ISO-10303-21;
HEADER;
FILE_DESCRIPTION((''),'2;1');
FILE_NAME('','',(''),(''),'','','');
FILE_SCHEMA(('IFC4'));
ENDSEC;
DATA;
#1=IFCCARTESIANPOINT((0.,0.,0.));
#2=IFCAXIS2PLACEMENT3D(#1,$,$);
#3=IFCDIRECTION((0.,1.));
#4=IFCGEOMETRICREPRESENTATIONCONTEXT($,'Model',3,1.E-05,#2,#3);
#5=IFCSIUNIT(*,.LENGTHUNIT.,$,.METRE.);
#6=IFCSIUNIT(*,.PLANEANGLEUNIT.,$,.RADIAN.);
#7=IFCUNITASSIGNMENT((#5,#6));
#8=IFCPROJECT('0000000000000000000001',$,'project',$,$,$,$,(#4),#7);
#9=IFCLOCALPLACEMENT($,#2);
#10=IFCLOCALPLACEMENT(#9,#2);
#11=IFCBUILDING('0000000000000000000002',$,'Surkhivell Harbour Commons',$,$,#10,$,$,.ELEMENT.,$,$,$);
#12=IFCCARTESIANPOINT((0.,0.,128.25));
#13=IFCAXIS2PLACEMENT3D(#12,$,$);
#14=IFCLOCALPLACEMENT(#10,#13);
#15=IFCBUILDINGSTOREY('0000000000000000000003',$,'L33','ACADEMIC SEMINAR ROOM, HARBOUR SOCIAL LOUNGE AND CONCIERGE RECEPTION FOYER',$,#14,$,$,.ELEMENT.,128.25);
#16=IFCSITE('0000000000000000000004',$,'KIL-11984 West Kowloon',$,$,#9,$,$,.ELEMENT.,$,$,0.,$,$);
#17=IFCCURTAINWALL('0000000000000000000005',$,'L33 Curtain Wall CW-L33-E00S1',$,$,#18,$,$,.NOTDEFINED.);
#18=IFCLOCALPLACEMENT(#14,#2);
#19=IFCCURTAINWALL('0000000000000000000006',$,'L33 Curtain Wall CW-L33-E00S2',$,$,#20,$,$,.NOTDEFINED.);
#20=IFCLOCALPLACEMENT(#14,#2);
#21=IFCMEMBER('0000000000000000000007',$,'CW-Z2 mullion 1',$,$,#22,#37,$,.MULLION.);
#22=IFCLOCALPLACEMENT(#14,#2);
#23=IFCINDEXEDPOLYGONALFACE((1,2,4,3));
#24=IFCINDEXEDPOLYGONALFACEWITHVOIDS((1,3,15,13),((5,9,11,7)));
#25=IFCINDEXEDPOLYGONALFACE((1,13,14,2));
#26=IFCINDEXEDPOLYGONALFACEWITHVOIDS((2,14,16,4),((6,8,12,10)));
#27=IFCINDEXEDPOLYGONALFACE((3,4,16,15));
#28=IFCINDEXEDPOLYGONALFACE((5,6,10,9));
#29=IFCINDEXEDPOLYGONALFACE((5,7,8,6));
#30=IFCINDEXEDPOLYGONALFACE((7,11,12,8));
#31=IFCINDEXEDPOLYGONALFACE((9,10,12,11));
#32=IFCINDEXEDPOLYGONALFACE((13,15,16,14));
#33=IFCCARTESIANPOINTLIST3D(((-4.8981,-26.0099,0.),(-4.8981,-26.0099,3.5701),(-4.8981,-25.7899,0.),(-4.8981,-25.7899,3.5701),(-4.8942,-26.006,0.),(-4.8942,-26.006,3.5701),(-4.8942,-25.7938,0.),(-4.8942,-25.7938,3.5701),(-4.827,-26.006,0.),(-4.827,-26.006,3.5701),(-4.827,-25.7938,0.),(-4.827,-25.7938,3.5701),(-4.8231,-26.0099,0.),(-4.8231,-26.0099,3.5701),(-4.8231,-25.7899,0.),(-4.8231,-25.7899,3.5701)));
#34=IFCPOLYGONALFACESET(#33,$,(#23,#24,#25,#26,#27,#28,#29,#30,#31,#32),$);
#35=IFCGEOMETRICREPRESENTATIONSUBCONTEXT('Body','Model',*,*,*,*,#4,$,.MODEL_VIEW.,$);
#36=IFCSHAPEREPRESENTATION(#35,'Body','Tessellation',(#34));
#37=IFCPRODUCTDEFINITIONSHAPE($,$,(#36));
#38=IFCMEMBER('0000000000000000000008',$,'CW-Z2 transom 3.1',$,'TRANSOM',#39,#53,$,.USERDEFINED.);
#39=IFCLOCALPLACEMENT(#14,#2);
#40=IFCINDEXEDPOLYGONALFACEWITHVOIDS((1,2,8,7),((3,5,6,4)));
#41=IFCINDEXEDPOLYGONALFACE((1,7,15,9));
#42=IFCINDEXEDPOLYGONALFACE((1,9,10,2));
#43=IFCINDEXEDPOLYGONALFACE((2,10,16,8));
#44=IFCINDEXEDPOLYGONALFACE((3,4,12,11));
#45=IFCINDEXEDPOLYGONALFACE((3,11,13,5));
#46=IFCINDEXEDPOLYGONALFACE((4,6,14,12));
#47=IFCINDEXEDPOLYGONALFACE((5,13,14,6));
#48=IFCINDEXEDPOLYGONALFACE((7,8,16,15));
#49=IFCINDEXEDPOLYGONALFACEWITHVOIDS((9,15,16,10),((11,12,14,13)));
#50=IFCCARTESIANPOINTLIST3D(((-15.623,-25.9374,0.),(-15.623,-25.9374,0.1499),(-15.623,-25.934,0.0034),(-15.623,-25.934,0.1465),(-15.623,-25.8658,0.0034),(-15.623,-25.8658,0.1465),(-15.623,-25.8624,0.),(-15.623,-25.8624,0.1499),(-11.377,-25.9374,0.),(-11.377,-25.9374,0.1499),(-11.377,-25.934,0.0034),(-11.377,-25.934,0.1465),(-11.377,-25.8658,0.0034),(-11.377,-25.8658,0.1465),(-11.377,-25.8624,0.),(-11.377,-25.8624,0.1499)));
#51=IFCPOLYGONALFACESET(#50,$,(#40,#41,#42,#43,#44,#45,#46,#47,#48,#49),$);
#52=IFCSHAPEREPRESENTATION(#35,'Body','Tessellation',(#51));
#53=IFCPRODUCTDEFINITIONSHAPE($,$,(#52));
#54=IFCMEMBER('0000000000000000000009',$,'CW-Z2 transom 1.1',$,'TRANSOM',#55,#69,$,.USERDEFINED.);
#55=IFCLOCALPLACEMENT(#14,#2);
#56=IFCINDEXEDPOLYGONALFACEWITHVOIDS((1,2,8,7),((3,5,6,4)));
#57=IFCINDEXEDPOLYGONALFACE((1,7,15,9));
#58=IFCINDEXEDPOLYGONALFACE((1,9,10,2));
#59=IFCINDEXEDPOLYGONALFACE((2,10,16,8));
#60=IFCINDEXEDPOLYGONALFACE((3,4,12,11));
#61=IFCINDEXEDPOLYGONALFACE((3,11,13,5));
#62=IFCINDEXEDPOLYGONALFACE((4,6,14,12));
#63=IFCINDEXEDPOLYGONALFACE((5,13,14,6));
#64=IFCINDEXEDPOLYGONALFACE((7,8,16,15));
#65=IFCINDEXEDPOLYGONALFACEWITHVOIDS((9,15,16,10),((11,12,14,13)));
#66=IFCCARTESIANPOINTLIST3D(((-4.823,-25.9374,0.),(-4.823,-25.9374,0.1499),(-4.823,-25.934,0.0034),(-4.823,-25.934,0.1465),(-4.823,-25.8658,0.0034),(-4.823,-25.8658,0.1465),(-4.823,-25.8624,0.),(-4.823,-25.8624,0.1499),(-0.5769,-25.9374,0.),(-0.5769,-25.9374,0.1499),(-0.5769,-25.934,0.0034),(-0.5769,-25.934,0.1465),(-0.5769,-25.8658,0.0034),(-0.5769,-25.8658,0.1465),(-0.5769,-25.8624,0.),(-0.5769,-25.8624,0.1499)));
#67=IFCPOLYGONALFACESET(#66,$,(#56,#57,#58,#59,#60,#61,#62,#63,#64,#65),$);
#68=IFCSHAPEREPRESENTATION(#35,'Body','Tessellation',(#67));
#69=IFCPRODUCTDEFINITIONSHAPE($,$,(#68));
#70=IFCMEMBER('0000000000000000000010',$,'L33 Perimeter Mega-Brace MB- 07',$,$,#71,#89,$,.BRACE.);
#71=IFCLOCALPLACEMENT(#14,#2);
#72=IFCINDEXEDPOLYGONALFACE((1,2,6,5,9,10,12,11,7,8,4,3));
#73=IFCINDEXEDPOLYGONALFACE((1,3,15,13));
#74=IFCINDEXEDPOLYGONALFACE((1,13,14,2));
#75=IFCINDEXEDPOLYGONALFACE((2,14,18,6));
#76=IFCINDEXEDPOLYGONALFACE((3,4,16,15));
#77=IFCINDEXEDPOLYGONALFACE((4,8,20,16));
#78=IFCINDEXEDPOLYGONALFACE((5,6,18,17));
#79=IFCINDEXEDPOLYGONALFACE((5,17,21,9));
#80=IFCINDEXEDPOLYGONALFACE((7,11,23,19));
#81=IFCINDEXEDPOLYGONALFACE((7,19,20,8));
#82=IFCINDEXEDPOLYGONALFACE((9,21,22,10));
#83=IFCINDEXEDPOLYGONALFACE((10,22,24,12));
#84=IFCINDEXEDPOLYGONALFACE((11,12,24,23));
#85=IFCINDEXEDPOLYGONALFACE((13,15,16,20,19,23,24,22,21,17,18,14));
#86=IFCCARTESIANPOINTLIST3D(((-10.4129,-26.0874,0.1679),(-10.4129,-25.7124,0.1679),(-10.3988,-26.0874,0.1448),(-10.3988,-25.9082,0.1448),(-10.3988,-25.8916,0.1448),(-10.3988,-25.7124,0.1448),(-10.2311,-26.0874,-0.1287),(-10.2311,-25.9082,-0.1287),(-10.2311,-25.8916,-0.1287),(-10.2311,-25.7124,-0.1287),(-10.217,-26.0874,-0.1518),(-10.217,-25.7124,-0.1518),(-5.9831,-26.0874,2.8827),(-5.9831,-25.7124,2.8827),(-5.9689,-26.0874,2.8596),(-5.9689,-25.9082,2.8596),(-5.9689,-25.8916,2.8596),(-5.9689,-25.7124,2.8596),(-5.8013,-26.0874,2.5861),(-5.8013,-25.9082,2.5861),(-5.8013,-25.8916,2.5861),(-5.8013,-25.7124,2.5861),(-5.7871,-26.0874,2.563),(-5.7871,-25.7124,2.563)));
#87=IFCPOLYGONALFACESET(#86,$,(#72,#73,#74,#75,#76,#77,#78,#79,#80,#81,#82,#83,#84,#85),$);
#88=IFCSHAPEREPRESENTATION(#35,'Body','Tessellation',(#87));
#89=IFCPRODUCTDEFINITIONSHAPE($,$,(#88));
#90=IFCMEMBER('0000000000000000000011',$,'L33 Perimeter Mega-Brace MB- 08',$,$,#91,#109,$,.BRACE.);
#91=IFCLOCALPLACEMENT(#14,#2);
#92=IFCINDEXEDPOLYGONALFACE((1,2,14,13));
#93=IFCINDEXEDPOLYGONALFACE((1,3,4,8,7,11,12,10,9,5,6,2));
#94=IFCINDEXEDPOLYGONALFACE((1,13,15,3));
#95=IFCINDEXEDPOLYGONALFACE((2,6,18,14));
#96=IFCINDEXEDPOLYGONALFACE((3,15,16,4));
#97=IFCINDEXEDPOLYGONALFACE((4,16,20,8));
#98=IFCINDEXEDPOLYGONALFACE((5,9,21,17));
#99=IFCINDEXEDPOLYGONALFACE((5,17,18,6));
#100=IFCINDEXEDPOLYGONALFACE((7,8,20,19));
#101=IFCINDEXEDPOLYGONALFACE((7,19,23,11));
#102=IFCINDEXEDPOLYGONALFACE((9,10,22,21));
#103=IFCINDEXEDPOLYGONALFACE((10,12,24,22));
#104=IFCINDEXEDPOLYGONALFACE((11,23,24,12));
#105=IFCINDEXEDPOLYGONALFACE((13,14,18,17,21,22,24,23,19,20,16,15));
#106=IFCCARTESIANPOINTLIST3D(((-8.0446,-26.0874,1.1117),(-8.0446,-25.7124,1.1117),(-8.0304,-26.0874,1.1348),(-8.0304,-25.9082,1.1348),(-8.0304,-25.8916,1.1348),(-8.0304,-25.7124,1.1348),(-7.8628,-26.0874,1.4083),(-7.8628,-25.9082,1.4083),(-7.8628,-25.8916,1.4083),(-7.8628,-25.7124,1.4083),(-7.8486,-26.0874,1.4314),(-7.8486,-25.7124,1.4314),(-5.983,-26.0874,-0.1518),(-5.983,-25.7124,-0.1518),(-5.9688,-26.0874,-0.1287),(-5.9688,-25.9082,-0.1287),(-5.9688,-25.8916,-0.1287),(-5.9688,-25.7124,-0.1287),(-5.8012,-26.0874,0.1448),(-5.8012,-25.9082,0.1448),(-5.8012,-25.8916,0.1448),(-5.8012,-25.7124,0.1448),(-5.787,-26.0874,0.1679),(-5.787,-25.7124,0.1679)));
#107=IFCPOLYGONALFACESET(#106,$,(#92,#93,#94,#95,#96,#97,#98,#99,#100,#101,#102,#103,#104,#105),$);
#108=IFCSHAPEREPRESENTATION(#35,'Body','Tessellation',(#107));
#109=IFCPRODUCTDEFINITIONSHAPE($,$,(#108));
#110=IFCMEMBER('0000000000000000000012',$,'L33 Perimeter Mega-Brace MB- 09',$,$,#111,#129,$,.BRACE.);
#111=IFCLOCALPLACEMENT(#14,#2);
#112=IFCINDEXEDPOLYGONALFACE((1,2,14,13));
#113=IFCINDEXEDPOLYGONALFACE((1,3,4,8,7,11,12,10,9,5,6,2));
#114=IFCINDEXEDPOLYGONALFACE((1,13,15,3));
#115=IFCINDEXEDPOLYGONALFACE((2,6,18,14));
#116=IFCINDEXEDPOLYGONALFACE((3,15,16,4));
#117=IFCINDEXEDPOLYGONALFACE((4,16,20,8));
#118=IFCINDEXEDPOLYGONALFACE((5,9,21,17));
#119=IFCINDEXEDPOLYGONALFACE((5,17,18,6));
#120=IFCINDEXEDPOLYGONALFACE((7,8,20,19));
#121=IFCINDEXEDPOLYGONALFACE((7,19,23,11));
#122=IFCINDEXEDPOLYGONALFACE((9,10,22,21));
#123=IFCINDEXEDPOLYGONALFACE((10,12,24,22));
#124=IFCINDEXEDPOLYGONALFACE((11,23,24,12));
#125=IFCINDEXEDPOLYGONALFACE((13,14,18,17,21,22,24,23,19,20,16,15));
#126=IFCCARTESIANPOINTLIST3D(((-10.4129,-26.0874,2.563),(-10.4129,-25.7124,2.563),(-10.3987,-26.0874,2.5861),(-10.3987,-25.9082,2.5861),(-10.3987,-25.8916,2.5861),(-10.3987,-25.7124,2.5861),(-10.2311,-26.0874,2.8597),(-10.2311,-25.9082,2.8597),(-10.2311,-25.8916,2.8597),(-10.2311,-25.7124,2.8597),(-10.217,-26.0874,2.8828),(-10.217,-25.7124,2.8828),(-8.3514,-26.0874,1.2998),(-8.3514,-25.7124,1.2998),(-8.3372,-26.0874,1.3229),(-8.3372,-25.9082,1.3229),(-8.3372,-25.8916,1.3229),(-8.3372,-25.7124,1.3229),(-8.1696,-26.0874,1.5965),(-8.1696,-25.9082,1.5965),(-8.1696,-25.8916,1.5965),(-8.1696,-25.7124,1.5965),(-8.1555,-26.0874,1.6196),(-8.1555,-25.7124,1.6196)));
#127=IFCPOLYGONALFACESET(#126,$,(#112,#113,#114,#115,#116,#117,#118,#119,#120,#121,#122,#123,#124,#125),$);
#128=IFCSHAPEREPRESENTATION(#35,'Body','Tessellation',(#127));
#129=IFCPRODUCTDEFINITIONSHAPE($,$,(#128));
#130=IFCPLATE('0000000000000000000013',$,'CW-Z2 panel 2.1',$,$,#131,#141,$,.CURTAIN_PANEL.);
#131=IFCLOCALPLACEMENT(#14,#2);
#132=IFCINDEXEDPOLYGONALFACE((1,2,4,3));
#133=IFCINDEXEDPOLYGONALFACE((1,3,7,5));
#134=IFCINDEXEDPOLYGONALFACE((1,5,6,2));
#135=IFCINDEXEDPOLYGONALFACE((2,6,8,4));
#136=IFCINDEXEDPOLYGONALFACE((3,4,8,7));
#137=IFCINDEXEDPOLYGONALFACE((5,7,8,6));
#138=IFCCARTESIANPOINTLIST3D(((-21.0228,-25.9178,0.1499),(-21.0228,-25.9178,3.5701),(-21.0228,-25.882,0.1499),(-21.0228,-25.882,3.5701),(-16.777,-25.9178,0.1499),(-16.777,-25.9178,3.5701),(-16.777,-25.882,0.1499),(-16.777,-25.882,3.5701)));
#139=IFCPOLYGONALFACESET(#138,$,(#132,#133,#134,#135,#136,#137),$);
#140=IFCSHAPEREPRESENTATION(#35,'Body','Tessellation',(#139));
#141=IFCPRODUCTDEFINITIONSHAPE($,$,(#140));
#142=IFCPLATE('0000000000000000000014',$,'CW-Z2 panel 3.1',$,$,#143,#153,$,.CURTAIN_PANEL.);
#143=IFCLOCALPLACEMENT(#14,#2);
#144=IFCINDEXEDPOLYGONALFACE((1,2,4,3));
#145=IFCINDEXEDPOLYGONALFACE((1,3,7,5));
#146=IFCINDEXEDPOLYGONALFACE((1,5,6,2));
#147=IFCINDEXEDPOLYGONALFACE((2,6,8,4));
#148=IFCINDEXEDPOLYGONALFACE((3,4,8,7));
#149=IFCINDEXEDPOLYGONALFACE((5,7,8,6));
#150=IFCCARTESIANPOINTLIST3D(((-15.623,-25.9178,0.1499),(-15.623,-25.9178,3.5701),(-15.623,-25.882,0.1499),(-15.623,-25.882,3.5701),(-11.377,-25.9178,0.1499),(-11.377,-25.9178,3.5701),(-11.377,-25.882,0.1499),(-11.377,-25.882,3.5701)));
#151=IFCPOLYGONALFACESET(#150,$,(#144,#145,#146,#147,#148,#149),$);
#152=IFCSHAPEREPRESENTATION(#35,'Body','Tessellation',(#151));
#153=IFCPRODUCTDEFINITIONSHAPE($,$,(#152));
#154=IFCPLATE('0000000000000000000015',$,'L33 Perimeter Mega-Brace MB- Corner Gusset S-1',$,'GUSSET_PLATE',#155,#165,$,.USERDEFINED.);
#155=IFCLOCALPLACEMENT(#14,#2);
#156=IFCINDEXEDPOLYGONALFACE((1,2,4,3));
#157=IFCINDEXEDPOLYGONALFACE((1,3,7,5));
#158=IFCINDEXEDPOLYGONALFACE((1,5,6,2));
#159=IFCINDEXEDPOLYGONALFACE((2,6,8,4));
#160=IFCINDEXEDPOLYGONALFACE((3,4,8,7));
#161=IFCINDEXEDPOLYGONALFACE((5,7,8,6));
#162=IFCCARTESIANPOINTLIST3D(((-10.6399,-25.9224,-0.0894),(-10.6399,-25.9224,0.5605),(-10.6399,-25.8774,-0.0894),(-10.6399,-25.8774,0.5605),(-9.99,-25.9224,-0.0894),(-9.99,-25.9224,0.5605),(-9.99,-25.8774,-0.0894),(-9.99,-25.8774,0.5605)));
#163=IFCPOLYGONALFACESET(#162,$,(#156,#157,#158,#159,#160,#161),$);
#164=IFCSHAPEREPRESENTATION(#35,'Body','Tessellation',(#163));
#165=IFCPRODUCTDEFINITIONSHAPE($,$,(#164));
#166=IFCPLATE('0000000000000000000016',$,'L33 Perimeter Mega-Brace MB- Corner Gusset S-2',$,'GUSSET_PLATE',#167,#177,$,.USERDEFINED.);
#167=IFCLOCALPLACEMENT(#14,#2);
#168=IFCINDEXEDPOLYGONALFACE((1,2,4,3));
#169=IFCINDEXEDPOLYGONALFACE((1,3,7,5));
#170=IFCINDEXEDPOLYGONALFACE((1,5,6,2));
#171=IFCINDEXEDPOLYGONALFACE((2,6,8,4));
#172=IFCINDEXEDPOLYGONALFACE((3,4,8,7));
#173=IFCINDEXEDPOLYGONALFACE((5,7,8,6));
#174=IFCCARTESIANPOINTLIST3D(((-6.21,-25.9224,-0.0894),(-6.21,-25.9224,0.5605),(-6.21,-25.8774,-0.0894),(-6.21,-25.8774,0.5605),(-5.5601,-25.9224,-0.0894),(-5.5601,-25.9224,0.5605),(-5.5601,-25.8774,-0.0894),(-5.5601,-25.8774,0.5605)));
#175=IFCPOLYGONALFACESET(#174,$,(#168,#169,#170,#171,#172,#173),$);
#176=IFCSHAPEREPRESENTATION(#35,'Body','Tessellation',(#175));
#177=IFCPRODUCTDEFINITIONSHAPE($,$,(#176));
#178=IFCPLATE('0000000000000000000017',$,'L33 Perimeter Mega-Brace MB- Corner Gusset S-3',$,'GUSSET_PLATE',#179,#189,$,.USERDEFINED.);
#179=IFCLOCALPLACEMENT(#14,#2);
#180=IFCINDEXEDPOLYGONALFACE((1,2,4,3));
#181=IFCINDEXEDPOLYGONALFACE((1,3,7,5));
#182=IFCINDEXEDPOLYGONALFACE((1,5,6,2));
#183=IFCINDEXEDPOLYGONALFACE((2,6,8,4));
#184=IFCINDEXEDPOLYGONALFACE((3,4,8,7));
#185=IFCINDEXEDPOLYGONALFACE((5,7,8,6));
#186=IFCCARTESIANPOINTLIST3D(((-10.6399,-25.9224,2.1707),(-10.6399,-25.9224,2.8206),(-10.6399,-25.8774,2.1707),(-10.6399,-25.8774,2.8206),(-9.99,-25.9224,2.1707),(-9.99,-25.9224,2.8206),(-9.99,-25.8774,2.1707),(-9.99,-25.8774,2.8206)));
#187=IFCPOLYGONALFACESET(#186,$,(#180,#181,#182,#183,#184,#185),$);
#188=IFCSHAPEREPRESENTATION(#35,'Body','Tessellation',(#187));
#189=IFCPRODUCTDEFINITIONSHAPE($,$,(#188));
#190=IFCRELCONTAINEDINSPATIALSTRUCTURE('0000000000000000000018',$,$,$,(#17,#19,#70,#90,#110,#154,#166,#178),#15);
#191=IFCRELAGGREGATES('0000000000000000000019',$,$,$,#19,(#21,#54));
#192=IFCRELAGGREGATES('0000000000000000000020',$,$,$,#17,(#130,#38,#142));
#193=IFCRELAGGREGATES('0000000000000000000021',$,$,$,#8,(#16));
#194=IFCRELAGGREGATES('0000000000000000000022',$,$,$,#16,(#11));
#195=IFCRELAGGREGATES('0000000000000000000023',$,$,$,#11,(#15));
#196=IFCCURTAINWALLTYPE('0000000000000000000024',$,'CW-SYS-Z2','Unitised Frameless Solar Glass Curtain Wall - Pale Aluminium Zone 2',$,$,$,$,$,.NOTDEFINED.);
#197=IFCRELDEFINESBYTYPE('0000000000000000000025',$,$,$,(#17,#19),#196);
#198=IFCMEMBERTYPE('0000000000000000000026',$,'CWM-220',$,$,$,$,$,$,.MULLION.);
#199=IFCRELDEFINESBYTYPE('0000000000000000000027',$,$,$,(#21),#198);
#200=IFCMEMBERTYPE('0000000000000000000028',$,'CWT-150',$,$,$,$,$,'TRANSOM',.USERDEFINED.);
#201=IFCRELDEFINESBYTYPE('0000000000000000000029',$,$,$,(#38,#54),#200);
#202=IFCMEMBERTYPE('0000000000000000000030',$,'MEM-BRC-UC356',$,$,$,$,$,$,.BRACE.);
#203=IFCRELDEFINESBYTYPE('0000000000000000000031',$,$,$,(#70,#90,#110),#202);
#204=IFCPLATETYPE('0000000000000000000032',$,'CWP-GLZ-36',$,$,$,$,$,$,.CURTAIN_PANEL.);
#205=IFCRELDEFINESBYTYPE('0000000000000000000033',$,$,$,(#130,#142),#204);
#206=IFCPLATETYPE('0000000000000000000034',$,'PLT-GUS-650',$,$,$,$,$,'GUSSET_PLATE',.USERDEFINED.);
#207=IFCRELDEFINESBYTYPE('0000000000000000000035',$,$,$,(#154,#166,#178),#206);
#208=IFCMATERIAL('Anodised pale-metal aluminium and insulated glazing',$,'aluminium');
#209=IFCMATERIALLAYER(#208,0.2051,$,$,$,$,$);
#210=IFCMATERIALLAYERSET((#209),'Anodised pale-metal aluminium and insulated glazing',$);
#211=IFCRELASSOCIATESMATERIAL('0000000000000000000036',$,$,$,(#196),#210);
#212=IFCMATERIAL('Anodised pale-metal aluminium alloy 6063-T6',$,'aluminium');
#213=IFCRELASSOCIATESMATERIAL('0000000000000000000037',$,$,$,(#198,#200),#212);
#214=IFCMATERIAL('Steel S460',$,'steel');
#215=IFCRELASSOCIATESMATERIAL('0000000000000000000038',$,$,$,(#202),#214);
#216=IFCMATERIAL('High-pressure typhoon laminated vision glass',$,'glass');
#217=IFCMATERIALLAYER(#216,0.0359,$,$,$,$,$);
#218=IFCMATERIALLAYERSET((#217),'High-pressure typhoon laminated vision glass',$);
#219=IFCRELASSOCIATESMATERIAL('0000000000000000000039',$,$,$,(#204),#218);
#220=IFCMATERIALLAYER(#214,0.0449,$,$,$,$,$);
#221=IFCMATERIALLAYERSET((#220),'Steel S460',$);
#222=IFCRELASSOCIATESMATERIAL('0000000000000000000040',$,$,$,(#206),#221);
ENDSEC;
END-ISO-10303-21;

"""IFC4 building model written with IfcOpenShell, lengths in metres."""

from ifc_helpers import new_model, si_unit, direction, frame, frame_2d, origin, origin_2d, place, context, subcontext, project, spatial, rectangle, hollow_rectangle, i_section, extrude, material, layer, layer_set, material_profile, profile_set, type_object, element, aggregate, save


model = new_model("IFC4")

# Units and contexts
model_context = context("Model", 3, precision=1e-05, world=origin(), true_north=direction((0.0, 1.0)))
body_context = subcontext(model_context, "Body", "Model", "MODEL_VIEW")
ifc_project = project(units=[si_unit("LENGTHUNIT", "METRE"), si_unit("PLANEANGLEUNIT", "RADIAN")], contexts=[model_context])

# Site, building, storey
site_placement = place(None, origin())
site = spatial("IfcSite", under=ifc_project, at=site_placement, Name="KIL-11984 West Kowloon", CompositionType="ELEMENT", RefElevation=0.0)
building_placement = place(site_placement, origin())
building = spatial("IfcBuilding", under=site, at=building_placement, Name="Surkhivell Harbour Commons", CompositionType="ELEMENT")
storey_placement = place(building_placement, frame((0.0, 0.0, 128.25)))
storey = spatial("IfcBuildingStorey", under=building, at=storey_placement, Name="L33", Description="ACADEMIC SEMINAR ROOM, HARBOUR SOCIAL LOUNGE AND CONCIERGE RECEPTION FOYER", CompositionType="ELEMENT", Elevation=128.25)

# Shared definitions
ifc_material_1 = material(Name="Steel S460", Category="steel")

# Curtain wall
ifc_material_2 = material(Name="Anodised pale-metal aluminium and insulated glazing", Category="aluminium")
ifc_layer_1 = layer(ifc_material_2, 0.2051)
ifc_layer_set_1 = layer_set([ifc_layer_1], Name="Anodised pale-metal aluminium and insulated glazing")
curtain_wall_type = type_object("IfcCurtainWallType", Name="CW-SYS-Z2", Description="Unitised Frameless Solar Glass Curtain Wall - Pale Aluminium Zone 2", PredefinedType="NOTDEFINED", material=ifc_layer_set_1)
curtain_wall_1_placement = place(storey_placement, origin())
curtain_wall_1 = element("IfcCurtainWall", 1, at=curtain_wall_1_placement, inside=storey, type_object=curtain_wall_type, Name="L33 Curtain Wall CW-L33-E00S1", PredefinedType="NOTDEFINED")
ifc_material_3 = material(Name="Anodised pale-metal aluminium alloy 6063-T6", Category="aluminium")
ifc_material_profile_1 = material_profile(ifc_material_3, hollow_rectangle(XDim=0.075, YDim=0.22, WallThickness=0.0039, at=origin_2d()), Name="ALU-MULL-75x220")
ifc_profile_set_1 = profile_set([ifc_material_profile_1], Name="Anodised pale-metal aluminium alloy 6063-T6")
member_type_1 = type_object("IfcMemberType", Name="CWM-220", PredefinedType="MULLION", material=ifc_profile_set_1)

# Curtain wall, member
curtain_wall_2_placement = place(storey_placement, origin())
curtain_wall_2 = element("IfcCurtainWall", 2, at=curtain_wall_2_placement, inside=storey, type_object=curtain_wall_type, Name="L33 Curtain Wall CW-L33-E00S2", PredefinedType="NOTDEFINED")
member_1_placement = place(storey_placement, frame((-4.8606, -25.8999, 0.0), z_axis=(0.0, 0.0, 1.0), x_axis=(1.0, 0.0, 0.0)))
member_1 = element("IfcMember", 3, at=member_1_placement, type_object=member_type_1, Name="CW-Z2 mullion 1", PredefinedType="MULLION", context=body_context, shape_type="SweptSolid", body=[
    extrude(hollow_rectangle(XDim=0.075, YDim=0.22, WallThickness=0.0039, at=origin_2d()), origin(), (0.0, 0.0, 1.0), 3.5701),
])

# Members
ifc_material_profile_2 = material_profile(ifc_material_3, hollow_rectangle(XDim=0.075, YDim=0.1499, WallThickness=0.0034, at=origin_2d()), Name="ALU-TRAN-75x150")
ifc_profile_set_2 = profile_set([ifc_material_profile_2], Name="Anodised pale-metal aluminium alloy 6063-T6")
member_type_2 = type_object("IfcMemberType", Name="CWT-150", ElementType="TRANSOM", PredefinedType="USERDEFINED", material=ifc_profile_set_2)
member_2_placement = place(storey_placement, frame((-15.623, -25.8999, 0.075), z_axis=(1.0, 0.0, 0.0), x_axis=(0.0, 1.0, 0.0)))
member_2 = element("IfcMember", 4, at=member_2_placement, type_object=member_type_2, Name="CW-Z2 transom 3.1", ObjectType="TRANSOM", PredefinedType="USERDEFINED", context=body_context, shape_type="SweptSolid", body=[
    extrude(hollow_rectangle(XDim=0.075, YDim=0.1499, WallThickness=0.0034, at=origin_2d()), origin(), (0.0, 0.0, 1.0), 4.2461),
])
member_3_placement = place(storey_placement, frame((-4.823, -25.8999, 0.075), z_axis=(1.0, 0.0, 0.0), x_axis=(0.0, 1.0, 0.0)))
member_3 = element("IfcMember", 5, at=member_3_placement, type_object=member_type_2, Name="CW-Z2 transom 1.1", ObjectType="TRANSOM", PredefinedType="USERDEFINED", context=body_context, shape_type="SweptSolid", body=[
    extrude(hollow_rectangle(XDim=0.075, YDim=0.1499, WallThickness=0.0034, at=origin_2d()), origin(), (0.0, 0.0, 1.0), 4.2461),
])
aggregate(curtain_wall_2, [member_1, member_3])

# Members
ifc_material_profile_3 = material_profile(ifc_material_1, i_section(OverallWidth=0.375, OverallDepth=0.375, WebThickness=0.0166, FlangeThickness=0.0271, at=origin_2d()), Name="UC356x368x202")
ifc_profile_set_3 = profile_set([ifc_material_profile_3], Name="Steel S460")
member_type_3 = type_object("IfcMemberType", Name="MEM-BRC-UC356", PredefinedType="BRACE", material=ifc_profile_set_3)
member_4_placement = place(storey_placement, frame((-10.3149, -25.8999, 0.0081), z_axis=(0.852625, 0.0, 0.522523), x_axis=(0.0, 1.0, 0.0)))
element("IfcMember", 6, at=member_4_placement, inside=storey, type_object=member_type_3, Name="L33 Perimeter Mega-Brace MB- 07", PredefinedType="BRACE", context=body_context, shape_type="SweptSolid", body=[
    extrude(i_section(OverallWidth=0.375, OverallDepth=0.375, WebThickness=0.0166, FlangeThickness=0.0271, at=origin_2d()), origin(), (0.0, 0.0, 1.0), 5.1956),
])
member_5_placement = place(storey_placement, frame((-5.885, -25.8999, 0.0081), z_axis=(-0.852617, 0.0, 0.522536), x_axis=(0.0, -1.0, 0.0)))
element("IfcMember", 7, at=member_5_placement, inside=storey, type_object=member_type_3, Name="L33 Perimeter Mega-Brace MB- 08", PredefinedType="BRACE", context=body_context, shape_type="SweptSolid", body=[
    extrude(i_section(OverallWidth=0.375, OverallDepth=0.375, WebThickness=0.0166, FlangeThickness=0.0271, at=origin_2d()), origin(), (0.0, 0.0, 1.0), 2.418),
])
member_6_placement = place(storey_placement, frame((-8.2534, -25.8999, 1.4597), z_axis=(-0.852662, 0.0, 0.522463), x_axis=(0.0, -1.0, 0.0)))
element("IfcMember", 8, at=member_6_placement, inside=storey, type_object=member_type_3, Name="L33 Perimeter Mega-Brace MB- 09", PredefinedType="BRACE", context=body_context, shape_type="SweptSolid", body=[
    extrude(i_section(OverallWidth=0.375, OverallDepth=0.375, WebThickness=0.0166, FlangeThickness=0.0271, at=origin_2d()), origin(), (0.0, 0.0, 1.0), 2.4177),
])

# Plates
ifc_material_4 = material(Name="High-pressure typhoon laminated vision glass", Category="glass")
ifc_layer_2 = layer(ifc_material_4, 0.0359)
ifc_layer_set_2 = layer_set([ifc_layer_2], Name="High-pressure typhoon laminated vision glass")
plate_type_1 = type_object("IfcPlateType", Name="CWP-GLZ-36", PredefinedType="CURTAIN_PANEL", material=ifc_layer_set_2)
plate_1_placement = place(storey_placement, frame((-21.0229, -25.8999, 0.1499), z_axis=(0.0, 0.0, 1.0), x_axis=(1.0, 0.0, 0.0)))
plate_1 = element("IfcPlate", 9, at=plate_1_placement, type_object=plate_type_1, Name="CW-Z2 panel 2.1", PredefinedType="CURTAIN_PANEL", context=body_context, shape_type="SweptSolid", body=[
    extrude(rectangle(XDim=4.2458, YDim=0.0359, at=frame_2d((2.123, 0.0))), origin(), (0.0, 0.0, 1.0), 3.4202),
])
plate_2_placement = place(storey_placement, frame((-15.623, -25.8999, 0.1499), z_axis=(0.0, 0.0, 1.0), x_axis=(1.0, 0.0, 0.0)))
plate_2 = element("IfcPlate", 10, at=plate_2_placement, type_object=plate_type_1, Name="CW-Z2 panel 3.1", PredefinedType="CURTAIN_PANEL", context=body_context, shape_type="SweptSolid", body=[
    extrude(rectangle(XDim=4.2461, YDim=0.0359, at=frame_2d((2.123, 0.0))), origin(), (0.0, 0.0, 1.0), 3.4202),
])
aggregate(curtain_wall_1, [plate_1, member_2, plate_2])

# Plates
ifc_layer_3 = layer(ifc_material_1, 0.0449)
ifc_layer_set_3 = layer_set([ifc_layer_3], Name="Steel S460")
plate_type_2 = type_object("IfcPlateType", Name="PLT-GUS-650", ElementType="GUSSET_PLATE", PredefinedType="USERDEFINED", material=ifc_layer_set_3)
for number, where, z_axis, x_axis, name in (
    (11, (-10.3149, -25.8999, -0.0894), (0.0, 0.0, 1.0), (1.0, 0.0, 0.0), "L33 Perimeter Mega-Brace MB- Corner Gusset S-1"),
    (12, (-5.885, -25.8999, -0.0894), (0.0, 0.0, 1.0), (1.0, 0.0, 0.0), "L33 Perimeter Mega-Brace MB- Corner Gusset S-2"),
    (13, (-10.3149, -25.8999, 2.1707), (0.0, 0.0, 1.0), (1.0, 0.0, 0.0), "L33 Perimeter Mega-Brace MB- Corner Gusset S-3"),
):
    element("IfcPlate", number, at=place(storey_placement, frame(where, z_axis=z_axis, x_axis=x_axis)), inside=storey, type_object=plate_type_2, Name=name, ObjectType="GUSSET_PLATE", PredefinedType="USERDEFINED", context=body_context, shape_type="SweptSolid", body=[
        extrude(rectangle(XDim=0.6499, YDim=0.0449, at=origin_2d()), origin(), (0.0, 0.0, 1.0), 0.6499),
    ])

save(model, "model.ifc")
